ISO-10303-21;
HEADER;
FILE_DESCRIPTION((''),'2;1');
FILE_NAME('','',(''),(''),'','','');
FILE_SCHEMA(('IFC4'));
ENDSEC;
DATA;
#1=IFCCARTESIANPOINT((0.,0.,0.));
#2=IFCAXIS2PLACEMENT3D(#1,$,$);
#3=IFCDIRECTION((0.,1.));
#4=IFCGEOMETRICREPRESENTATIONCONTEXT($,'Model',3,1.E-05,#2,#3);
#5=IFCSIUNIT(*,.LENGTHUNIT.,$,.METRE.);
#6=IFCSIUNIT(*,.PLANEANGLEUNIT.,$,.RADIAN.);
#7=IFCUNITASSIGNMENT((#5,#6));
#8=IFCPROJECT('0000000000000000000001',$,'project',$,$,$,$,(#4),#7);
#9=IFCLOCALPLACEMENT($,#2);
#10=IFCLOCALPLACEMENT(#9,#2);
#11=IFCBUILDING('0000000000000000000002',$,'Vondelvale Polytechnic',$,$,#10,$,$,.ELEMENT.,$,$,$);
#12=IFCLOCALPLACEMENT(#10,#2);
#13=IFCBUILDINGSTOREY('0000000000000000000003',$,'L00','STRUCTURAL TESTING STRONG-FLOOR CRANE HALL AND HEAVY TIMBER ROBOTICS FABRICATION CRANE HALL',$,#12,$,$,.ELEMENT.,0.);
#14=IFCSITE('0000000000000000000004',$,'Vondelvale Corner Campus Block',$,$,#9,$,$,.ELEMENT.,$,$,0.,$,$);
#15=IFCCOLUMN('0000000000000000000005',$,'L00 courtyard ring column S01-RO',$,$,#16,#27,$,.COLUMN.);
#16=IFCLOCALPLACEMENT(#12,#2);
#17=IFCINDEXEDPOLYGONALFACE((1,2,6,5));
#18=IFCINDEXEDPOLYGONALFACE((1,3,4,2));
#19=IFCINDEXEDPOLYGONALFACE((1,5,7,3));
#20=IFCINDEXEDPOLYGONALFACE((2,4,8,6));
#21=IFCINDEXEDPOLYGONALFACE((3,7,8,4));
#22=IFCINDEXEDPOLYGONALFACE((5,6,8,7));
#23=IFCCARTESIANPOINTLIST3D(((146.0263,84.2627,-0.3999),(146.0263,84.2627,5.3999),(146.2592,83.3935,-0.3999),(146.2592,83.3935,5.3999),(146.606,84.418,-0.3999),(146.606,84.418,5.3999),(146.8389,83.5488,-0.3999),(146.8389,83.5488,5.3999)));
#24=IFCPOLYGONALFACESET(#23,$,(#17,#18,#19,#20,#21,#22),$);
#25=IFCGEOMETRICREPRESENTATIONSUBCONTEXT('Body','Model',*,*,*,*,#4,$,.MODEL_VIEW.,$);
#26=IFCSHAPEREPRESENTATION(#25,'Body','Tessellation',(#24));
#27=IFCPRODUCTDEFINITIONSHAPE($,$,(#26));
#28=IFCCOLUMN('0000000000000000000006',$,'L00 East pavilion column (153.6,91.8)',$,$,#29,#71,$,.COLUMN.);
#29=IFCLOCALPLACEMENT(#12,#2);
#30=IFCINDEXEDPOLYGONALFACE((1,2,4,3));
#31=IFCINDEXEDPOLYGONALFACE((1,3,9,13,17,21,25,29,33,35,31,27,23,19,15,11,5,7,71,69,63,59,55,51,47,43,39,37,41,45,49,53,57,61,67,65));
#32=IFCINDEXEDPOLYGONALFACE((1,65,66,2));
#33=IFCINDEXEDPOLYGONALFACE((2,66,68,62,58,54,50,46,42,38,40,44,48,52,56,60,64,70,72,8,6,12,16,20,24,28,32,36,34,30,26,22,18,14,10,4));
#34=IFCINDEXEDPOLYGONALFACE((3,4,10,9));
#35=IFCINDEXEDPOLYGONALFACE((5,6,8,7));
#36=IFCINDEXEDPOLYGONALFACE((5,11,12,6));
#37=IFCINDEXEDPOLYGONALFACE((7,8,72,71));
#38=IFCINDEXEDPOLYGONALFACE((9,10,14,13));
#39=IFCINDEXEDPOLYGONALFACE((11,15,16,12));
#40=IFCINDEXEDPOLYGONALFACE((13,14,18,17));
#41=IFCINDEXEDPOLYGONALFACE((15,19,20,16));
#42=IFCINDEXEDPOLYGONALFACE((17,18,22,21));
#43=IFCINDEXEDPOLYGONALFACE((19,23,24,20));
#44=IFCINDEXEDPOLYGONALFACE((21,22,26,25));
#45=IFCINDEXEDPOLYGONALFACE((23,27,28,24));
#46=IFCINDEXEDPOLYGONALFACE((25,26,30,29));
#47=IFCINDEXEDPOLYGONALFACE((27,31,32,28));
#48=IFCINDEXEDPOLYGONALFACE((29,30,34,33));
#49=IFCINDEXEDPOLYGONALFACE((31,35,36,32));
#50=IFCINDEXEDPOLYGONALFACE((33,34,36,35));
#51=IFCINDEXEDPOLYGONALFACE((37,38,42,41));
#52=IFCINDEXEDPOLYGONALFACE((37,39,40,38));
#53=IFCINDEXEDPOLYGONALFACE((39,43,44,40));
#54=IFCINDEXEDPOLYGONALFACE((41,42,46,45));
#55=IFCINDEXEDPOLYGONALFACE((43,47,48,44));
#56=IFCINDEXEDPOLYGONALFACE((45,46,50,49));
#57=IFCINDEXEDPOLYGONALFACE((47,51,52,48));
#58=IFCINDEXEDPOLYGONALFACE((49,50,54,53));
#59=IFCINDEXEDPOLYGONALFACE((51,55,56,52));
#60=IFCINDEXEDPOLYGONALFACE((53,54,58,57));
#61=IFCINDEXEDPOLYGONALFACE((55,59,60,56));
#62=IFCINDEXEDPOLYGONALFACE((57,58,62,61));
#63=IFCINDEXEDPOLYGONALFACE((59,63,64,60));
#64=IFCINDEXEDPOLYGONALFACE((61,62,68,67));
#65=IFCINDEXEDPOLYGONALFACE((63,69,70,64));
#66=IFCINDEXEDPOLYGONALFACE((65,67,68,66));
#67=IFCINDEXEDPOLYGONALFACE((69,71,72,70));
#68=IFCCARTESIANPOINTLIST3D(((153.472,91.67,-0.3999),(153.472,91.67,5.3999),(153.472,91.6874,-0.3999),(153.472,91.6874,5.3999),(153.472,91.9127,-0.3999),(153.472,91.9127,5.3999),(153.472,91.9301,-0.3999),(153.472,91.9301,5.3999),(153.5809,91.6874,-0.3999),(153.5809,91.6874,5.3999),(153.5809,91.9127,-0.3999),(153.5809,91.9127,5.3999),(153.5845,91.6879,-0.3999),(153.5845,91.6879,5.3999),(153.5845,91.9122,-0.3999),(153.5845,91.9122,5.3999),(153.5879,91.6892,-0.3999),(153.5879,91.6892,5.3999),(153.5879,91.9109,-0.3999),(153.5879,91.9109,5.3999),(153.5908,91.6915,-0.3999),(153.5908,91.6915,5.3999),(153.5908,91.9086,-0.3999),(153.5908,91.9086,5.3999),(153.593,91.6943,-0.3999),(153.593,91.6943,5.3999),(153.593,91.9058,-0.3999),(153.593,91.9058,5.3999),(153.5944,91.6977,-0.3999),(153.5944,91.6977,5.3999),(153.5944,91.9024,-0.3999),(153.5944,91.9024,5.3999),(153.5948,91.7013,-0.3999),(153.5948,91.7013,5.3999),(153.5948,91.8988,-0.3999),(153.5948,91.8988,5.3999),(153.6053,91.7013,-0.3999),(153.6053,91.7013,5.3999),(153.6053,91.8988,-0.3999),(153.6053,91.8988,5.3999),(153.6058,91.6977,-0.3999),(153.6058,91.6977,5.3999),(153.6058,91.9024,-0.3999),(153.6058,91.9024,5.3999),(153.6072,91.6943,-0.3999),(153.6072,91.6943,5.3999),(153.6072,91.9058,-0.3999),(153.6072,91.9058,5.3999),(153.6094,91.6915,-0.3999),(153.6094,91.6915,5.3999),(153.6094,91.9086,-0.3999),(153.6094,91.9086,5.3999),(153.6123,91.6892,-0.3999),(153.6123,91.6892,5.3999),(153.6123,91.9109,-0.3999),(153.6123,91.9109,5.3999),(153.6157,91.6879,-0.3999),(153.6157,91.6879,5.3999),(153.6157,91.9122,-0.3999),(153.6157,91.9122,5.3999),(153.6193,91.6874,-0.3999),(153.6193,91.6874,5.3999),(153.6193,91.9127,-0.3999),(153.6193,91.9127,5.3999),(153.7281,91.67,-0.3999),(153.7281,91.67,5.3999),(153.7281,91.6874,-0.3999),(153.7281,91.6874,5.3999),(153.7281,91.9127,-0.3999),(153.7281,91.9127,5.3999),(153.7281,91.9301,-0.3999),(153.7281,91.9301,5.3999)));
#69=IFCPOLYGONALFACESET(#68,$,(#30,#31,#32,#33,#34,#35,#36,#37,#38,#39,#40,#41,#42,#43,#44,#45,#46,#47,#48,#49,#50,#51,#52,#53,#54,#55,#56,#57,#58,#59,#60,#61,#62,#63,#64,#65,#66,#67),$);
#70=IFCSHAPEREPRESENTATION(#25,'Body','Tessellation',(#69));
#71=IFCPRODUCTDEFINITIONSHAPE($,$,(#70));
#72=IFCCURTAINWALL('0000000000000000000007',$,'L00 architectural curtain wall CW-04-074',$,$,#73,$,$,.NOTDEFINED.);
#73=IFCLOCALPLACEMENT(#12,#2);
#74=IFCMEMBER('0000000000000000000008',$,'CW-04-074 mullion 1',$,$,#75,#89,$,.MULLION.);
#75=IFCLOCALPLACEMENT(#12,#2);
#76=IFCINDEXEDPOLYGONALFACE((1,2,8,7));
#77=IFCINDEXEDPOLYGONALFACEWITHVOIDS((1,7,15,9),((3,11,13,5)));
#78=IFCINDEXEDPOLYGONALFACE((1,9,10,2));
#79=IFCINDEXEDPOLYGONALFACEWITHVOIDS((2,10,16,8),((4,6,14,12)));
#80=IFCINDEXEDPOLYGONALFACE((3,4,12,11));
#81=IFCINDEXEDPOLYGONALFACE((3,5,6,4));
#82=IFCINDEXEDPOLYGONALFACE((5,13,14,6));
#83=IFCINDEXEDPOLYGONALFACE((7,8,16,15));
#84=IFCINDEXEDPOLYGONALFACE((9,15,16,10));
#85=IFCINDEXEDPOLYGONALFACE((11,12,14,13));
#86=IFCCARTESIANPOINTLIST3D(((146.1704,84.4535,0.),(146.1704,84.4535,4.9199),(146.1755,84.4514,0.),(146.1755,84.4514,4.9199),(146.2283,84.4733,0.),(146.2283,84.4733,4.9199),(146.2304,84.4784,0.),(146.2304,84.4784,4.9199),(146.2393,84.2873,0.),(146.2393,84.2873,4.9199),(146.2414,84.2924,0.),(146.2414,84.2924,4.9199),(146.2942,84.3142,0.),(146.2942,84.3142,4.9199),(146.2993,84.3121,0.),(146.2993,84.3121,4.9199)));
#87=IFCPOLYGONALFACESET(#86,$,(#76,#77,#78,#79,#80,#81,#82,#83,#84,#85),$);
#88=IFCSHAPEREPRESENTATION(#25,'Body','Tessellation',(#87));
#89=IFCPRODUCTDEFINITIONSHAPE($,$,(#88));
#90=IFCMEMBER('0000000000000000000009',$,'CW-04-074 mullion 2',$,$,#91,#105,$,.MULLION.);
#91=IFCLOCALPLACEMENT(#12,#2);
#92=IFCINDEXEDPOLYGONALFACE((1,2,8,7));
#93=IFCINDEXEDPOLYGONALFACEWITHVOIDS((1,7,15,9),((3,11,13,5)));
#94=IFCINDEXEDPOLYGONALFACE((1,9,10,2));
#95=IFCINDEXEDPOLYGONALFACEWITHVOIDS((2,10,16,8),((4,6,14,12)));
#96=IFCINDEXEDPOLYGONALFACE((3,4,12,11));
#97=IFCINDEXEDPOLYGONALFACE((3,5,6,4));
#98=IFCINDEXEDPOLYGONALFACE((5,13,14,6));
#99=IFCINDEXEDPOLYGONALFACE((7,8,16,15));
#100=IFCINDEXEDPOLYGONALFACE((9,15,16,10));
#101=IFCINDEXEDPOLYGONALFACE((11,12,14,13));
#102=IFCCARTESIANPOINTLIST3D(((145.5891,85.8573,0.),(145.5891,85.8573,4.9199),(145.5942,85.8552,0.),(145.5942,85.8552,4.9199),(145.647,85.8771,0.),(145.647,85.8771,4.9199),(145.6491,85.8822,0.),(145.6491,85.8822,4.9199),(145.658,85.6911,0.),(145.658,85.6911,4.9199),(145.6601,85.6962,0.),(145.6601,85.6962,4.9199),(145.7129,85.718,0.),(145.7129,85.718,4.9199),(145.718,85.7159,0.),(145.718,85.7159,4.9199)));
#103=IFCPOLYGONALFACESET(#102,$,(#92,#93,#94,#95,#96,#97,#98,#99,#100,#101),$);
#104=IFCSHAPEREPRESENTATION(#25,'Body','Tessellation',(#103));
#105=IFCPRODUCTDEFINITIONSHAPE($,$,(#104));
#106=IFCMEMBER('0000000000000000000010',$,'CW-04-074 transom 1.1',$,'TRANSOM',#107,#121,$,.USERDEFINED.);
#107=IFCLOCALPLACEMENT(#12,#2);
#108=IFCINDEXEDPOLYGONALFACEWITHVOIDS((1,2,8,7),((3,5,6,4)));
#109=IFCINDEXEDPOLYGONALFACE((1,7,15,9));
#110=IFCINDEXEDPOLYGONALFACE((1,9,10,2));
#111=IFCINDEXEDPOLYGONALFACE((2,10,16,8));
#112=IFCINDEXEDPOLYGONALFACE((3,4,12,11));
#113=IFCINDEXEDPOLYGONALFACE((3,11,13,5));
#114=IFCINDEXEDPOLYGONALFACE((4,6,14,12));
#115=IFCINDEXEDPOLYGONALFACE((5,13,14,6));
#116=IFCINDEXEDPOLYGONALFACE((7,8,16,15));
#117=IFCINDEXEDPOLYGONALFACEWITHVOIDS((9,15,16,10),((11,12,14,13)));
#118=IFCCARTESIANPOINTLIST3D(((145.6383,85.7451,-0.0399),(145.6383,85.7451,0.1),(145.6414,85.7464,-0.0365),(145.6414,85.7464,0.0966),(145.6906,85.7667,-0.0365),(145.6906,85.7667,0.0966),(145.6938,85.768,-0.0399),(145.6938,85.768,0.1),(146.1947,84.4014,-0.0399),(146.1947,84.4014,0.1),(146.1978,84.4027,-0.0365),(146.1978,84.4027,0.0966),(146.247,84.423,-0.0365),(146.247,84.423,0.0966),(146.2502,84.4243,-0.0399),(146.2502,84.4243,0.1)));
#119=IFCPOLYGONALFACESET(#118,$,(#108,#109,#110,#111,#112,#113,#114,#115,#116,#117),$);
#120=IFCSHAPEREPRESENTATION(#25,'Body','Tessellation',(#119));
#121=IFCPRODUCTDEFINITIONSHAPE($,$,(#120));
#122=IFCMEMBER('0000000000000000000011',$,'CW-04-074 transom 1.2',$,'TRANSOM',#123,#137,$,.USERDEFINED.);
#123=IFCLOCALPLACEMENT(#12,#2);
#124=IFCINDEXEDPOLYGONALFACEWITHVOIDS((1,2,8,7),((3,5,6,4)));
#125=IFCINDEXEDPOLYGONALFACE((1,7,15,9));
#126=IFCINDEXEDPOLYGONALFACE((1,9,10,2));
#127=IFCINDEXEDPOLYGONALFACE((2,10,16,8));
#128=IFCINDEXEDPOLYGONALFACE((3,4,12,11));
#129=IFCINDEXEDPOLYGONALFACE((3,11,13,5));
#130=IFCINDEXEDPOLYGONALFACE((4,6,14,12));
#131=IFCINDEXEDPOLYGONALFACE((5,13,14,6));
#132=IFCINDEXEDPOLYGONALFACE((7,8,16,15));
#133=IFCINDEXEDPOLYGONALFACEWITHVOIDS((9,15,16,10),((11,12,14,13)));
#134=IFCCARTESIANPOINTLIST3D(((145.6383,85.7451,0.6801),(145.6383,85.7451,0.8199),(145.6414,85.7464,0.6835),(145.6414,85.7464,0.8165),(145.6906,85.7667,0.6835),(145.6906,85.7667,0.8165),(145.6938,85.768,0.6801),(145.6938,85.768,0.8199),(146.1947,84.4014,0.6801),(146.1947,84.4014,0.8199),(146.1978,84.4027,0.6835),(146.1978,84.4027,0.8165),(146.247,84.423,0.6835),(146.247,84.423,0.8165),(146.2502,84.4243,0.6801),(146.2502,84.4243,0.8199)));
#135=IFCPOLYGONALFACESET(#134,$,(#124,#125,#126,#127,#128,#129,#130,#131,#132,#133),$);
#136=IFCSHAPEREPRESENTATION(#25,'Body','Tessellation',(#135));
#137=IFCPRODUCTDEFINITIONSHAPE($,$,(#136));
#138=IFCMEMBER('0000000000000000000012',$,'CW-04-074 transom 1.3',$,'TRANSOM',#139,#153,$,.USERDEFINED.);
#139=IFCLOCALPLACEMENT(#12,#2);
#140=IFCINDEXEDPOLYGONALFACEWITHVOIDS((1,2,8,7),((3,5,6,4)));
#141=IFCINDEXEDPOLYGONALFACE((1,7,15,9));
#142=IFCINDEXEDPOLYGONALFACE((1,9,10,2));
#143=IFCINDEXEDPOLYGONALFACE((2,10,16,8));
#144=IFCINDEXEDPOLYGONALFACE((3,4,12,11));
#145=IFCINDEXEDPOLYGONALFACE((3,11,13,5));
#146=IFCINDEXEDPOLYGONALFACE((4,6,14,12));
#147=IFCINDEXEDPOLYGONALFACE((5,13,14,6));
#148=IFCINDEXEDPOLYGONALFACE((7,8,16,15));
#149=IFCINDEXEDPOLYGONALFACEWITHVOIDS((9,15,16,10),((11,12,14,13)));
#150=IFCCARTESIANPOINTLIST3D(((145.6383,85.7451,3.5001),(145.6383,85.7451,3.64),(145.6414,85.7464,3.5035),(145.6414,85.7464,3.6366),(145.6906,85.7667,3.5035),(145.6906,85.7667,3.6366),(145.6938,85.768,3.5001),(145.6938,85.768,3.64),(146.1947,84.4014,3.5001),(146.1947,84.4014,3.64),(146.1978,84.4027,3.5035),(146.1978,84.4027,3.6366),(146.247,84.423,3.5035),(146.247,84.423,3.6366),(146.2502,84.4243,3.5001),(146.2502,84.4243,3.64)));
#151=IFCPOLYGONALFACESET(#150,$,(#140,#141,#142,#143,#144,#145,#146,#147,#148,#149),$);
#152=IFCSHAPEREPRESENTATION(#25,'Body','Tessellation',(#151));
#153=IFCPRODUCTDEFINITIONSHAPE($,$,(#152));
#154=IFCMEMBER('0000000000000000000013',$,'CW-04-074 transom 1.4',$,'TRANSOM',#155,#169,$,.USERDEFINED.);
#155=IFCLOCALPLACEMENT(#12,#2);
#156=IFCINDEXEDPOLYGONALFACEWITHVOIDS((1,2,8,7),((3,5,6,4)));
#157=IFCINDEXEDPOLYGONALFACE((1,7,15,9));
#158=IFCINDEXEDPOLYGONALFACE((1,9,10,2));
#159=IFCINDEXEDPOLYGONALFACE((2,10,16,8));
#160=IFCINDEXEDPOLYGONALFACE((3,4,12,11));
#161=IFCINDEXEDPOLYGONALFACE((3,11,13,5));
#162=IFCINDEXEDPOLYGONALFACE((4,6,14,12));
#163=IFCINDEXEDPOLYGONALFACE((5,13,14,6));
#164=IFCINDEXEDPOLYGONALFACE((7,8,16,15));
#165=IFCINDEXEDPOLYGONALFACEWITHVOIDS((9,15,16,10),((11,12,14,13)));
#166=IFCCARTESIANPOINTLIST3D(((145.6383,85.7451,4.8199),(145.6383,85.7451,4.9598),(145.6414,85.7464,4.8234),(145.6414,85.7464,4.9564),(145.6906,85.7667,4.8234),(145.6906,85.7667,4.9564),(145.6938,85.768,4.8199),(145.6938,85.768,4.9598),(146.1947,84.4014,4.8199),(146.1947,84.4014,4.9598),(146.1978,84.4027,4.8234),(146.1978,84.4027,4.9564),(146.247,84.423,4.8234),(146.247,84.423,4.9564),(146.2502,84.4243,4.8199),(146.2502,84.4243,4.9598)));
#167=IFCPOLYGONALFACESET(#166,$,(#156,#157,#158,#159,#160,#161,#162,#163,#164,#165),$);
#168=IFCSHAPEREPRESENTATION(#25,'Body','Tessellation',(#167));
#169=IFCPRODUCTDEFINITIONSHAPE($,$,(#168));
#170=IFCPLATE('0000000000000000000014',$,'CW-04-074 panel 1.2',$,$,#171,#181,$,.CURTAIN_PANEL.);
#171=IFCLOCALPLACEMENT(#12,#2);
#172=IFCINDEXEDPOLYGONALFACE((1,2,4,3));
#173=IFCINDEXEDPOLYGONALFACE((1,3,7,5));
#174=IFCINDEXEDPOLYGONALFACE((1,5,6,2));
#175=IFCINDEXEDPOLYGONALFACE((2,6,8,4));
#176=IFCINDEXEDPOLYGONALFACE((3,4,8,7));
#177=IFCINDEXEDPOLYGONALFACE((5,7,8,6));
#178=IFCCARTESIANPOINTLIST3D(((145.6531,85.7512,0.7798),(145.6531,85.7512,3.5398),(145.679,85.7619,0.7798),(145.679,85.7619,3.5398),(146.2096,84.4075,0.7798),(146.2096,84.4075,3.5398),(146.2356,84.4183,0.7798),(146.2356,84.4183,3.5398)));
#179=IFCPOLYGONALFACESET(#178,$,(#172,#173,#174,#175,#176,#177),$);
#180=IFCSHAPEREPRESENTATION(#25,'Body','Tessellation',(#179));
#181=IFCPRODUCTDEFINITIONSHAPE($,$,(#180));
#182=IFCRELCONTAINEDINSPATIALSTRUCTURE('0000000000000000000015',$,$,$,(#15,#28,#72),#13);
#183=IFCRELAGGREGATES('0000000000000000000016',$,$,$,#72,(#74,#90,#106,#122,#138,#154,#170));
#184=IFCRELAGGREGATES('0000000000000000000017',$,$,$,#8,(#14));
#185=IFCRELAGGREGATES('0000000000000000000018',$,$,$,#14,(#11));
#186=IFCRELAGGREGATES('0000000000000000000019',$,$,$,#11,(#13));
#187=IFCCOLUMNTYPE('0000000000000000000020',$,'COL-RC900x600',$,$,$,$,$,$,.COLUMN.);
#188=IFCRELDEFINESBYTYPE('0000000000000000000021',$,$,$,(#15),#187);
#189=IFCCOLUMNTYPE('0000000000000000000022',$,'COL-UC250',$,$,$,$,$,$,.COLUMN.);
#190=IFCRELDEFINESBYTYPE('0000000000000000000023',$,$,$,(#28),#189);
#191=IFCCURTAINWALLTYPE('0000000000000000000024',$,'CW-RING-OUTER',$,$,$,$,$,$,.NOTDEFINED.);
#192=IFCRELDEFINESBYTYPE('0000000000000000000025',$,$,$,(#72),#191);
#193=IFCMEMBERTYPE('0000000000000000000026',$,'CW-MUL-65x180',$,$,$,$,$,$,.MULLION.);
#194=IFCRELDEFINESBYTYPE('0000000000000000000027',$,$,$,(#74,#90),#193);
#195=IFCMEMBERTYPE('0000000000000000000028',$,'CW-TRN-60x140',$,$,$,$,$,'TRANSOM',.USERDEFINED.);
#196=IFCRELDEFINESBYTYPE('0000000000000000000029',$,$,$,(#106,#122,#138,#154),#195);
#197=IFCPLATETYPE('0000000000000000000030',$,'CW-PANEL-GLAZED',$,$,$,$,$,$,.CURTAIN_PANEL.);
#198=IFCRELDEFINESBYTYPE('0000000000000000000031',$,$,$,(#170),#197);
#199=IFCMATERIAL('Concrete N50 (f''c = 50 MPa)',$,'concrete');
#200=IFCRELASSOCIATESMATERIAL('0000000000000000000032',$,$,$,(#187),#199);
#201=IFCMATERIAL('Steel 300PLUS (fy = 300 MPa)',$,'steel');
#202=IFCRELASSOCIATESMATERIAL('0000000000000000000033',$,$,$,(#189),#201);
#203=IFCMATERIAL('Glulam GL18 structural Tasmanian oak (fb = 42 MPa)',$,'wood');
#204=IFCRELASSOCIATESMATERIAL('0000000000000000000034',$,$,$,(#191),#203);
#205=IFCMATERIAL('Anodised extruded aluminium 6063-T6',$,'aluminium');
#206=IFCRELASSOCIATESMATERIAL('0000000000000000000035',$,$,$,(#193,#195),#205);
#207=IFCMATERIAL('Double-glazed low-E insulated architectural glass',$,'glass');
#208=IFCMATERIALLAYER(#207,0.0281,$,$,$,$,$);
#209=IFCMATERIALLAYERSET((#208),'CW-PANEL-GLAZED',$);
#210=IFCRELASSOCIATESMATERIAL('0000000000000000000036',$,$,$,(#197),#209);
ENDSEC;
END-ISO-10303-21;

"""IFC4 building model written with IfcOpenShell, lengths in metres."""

from ifc_helpers import new_model, si_unit, direction, frame, origin, origin_2d, place, context, subcontext, project, spatial, rectangle, hollow_rectangle, i_section, extrude, material, layer, layer_set, material_profile, profile_set, type_object, element, aggregate, save


model = new_model("IFC4")

# Units and contexts
model_context = context("Model", 3, precision=1e-05, world=origin(), true_north=direction((0.0, 1.0)))
body_context = subcontext(model_context, "Body", "Model", "MODEL_VIEW")
ifc_project = project(units=[si_unit("LENGTHUNIT", "METRE"), si_unit("PLANEANGLEUNIT", "RADIAN")], contexts=[model_context])

# Site, building, storey
site_placement = place(None, origin())
site = spatial("IfcSite", under=ifc_project, at=site_placement, Name="Vondelvale Corner Campus Block", CompositionType="ELEMENT", RefElevation=0.0)
building_placement = place(site_placement, origin())
building = spatial("IfcBuilding", under=site, at=building_placement, Name="Vondelvale Polytechnic", CompositionType="ELEMENT")
storey_placement = place(building_placement, origin())
storey = spatial("IfcBuildingStorey", under=building, at=storey_placement, Name="L00", Description="STRUCTURAL TESTING STRONG-FLOOR CRANE HALL AND HEAVY TIMBER ROBOTICS FABRICATION CRANE HALL", CompositionType="ELEMENT", Elevation=0.0)

# Columns
ifc_material_1 = material(Name="Concrete N50 (f'c = 50 MPa)", Category="concrete")
ifc_material_profile_1 = material_profile(ifc_material_1, rectangle(XDim=0.6001, YDim=0.8999, at=origin_2d()), Name="RC-COL-900x600")
ifc_profile_set_1 = profile_set([ifc_material_profile_1], Name="Concrete N50 (f'c = 50 MPa)")
column_type_1 = type_object("IfcColumnType", Name="COL-RC900x600", PredefinedType="COLUMN", material=ifc_profile_set_1)
column_1_placement = place(storey_placement, frame((146.4326, 83.9058, -0.3999), z_axis=(0.0, 0.0, 1.0), x_axis=(0.965926, 0.258819, 0.0)))
element("IfcColumn", 1, at=column_1_placement, inside=storey, type_object=column_type_1, Name="L00 courtyard ring column S01-RO", PredefinedType="COLUMN", context=body_context, shape_type="SweptSolid", body=[
    extrude(rectangle(XDim=0.6001, YDim=0.8999, at=origin_2d()), origin(), (0.0, 0.0, 1.0), 5.7998),
])
ifc_material_2 = material(Name="Steel 300PLUS (fy = 300 MPa)", Category="steel")
ifc_material_profile_2 = material_profile(ifc_material_2, i_section(OverallWidth=0.2561, OverallDepth=0.26, WebThickness=0.0105, FlangeThickness=0.0173, FilletRadius=0.0139, at=origin_2d()), Name="250UC89.5")
ifc_profile_set_2 = profile_set([ifc_material_profile_2], Name="Steel 300PLUS (fy = 300 MPa)")
column_type_2 = type_object("IfcColumnType", Name="COL-UC250", PredefinedType="COLUMN", material=ifc_profile_set_2)
column_2_placement = place(storey_placement, frame((153.6001, 91.8, -0.3999), z_axis=(0.0, 0.0, 1.0), x_axis=(1.0, 0.0, 0.0)))
element("IfcColumn", 2, at=column_2_placement, inside=storey, type_object=column_type_2, Name="L00 East pavilion column (153.6,91.8)", PredefinedType="COLUMN", context=body_context, shape_type="SweptSolid", body=[
    extrude(i_section(OverallWidth=0.2561, OverallDepth=0.26, WebThickness=0.0105, FlangeThickness=0.0173, FilletRadius=0.0139, at=origin_2d()), origin(), (0.0, 0.0, 1.0), 5.7998),
])

# Curtain wall, members, plate
ifc_material_3 = material(Name="Glulam GL18 structural Tasmanian oak (fb = 42 MPa)", Category="wood")
curtain_wall_type = type_object("IfcCurtainWallType", Name="CW-RING-OUTER", PredefinedType="NOTDEFINED", material=ifc_material_3)
curtain_wall_placement = place(storey_placement, origin())
curtain_wall = element("IfcCurtainWall", 3, at=curtain_wall_placement, inside=storey, type_object=curtain_wall_type, Name="L00 architectural curtain wall CW-04-074", PredefinedType="NOTDEFINED")
ifc_material_4 = material(Name="Anodised extruded aluminium 6063-T6", Category="aluminium")
ifc_material_profile_3 = material_profile(ifc_material_4, hollow_rectangle(XDim=0.0649, YDim=0.1799, WallThickness=0.0039, at=origin_2d()), Name="CW-MUL-180x65")
ifc_profile_set_3 = profile_set([ifc_material_profile_3], Name="Anodised extruded aluminium 6063-T6")
member_type_1 = type_object("IfcMemberType", Name="CW-MUL-65x180", PredefinedType="MULLION", material=ifc_profile_set_3)
member_1_placement = place(storey_placement, frame((146.2349, 84.3828, 0.0), z_axis=(0.0, 0.0, 1.0), x_axis=(-0.923881, -0.382679, 0.0)))
member_1 = element("IfcMember", 4, at=member_1_placement, type_object=member_type_1, Name="CW-04-074 mullion 1", PredefinedType="MULLION", context=body_context, shape_type="SweptSolid", body=[
    extrude(hollow_rectangle(XDim=0.0649, YDim=0.1799, WallThickness=0.0039, at=origin_2d()), origin(), (0.0, 0.0, 1.0), 4.9199),
])
member_2_placement = place(storey_placement, frame((145.6536, 85.7866, 0.0), z_axis=(0.0, 0.0, 1.0), x_axis=(-0.923881, -0.382679, 0.0)))
member_2 = element("IfcMember", 5, at=member_2_placement, type_object=member_type_1, Name="CW-04-074 mullion 2", PredefinedType="MULLION", context=body_context, shape_type="SweptSolid", body=[
    extrude(hollow_rectangle(XDim=0.0649, YDim=0.1799, WallThickness=0.0039, at=origin_2d()), origin(), (0.0, 0.0, 1.0), 4.9199),
])
ifc_material_profile_4 = material_profile(ifc_material_4, hollow_rectangle(XDim=0.0601, YDim=0.1399, WallThickness=0.0034, at=origin_2d()), Name="CW-TRN-140x60")
ifc_profile_set_4 = profile_set([ifc_material_profile_4], Name="Anodised extruded aluminium 6063-T6")
member_type_2 = type_object("IfcMemberType", Name="CW-TRN-60x140", ElementType="TRANSOM", PredefinedType="USERDEFINED", material=ifc_profile_set_4)
member_3_placement = place(storey_placement, frame((146.2224, 84.4128, 0.03), z_axis=(-0.382564, 0.923929, 0.0), x_axis=(-0.923929, -0.382564, 0.0)))
member_3 = element("IfcMember", 6, at=member_3_placement, type_object=member_type_2, Name="CW-04-074 transom 1.1", ObjectType="TRANSOM", PredefinedType="USERDEFINED", context=body_context, shape_type="SweptSolid", body=[
    extrude(hollow_rectangle(XDim=0.0601, YDim=0.1399, WallThickness=0.0034, at=origin_2d()), origin(), (0.0, 0.0, 1.0), 1.4543),
])
member_4_placement = place(storey_placement, frame((146.2224, 84.4128, 0.75), z_axis=(-0.382564, 0.923929, 0.0), x_axis=(-0.923929, -0.382564, 0.0)))
member_4 = element("IfcMember", 7, at=member_4_placement, type_object=member_type_2, Name="CW-04-074 transom 1.2", ObjectType="TRANSOM", PredefinedType="USERDEFINED", context=body_context, shape_type="SweptSolid", body=[
    extrude(hollow_rectangle(XDim=0.0601, YDim=0.1399, WallThickness=0.0034, at=origin_2d()), origin(), (0.0, 0.0, 1.0), 1.4543),
])
member_5_placement = place(storey_placement, frame((146.2224, 84.4128, 3.5701), z_axis=(-0.382564, 0.923929, 0.0), x_axis=(-0.923929, -0.382564, 0.0)))
member_5 = element("IfcMember", 8, at=member_5_placement, type_object=member_type_2, Name="CW-04-074 transom 1.3", ObjectType="TRANSOM", PredefinedType="USERDEFINED", context=body_context, shape_type="SweptSolid", body=[
    extrude(hollow_rectangle(XDim=0.0601, YDim=0.1399, WallThickness=0.0034, at=origin_2d()), origin(), (0.0, 0.0, 1.0), 1.4543),
])
member_6_placement = place(storey_placement, frame((146.2224, 84.4128, 4.8899), z_axis=(-0.382564, 0.923929, 0.0), x_axis=(-0.923929, -0.382564, 0.0)))
member_6 = element("IfcMember", 9, at=member_6_placement, type_object=member_type_2, Name="CW-04-074 transom 1.4", ObjectType="TRANSOM", PredefinedType="USERDEFINED", context=body_context, shape_type="SweptSolid", body=[
    extrude(hollow_rectangle(XDim=0.0601, YDim=0.1399, WallThickness=0.0034, at=origin_2d()), origin(), (0.0, 0.0, 1.0), 1.4543),
])
ifc_material_5 = material(Name="Double-glazed low-E insulated architectural glass", Category="glass")
ifc_layer_1 = layer(ifc_material_5, 0.0281)
ifc_layer_set_1 = layer_set([ifc_layer_1], Name="CW-PANEL-GLAZED")
plate_type_1 = type_object("IfcPlateType", Name="CW-PANEL-GLAZED", PredefinedType="CURTAIN_PANEL", material=ifc_layer_set_1)
plate_1_placement = place(storey_placement, frame((145.9443, 85.0847, 0.7798), z_axis=(0.0, 0.0, 1.0), x_axis=(-0.382679, 0.923881, 0.0)))
plate_1 = element("IfcPlate", 10, at=plate_1_placement, type_object=plate_type_1, Name="CW-04-074 panel 1.2", PredefinedType="CURTAIN_PANEL", context=body_context, shape_type="SweptSolid", body=[
    extrude(rectangle(XDim=1.4543, YDim=0.0281, at=origin_2d()), origin(), (0.0, 0.0, 1.0), 2.76),
])
aggregate(curtain_wall, [member_1, member_2, member_3, member_4, member_5, member_6, plate_1])

save(model, "model.ifc")
